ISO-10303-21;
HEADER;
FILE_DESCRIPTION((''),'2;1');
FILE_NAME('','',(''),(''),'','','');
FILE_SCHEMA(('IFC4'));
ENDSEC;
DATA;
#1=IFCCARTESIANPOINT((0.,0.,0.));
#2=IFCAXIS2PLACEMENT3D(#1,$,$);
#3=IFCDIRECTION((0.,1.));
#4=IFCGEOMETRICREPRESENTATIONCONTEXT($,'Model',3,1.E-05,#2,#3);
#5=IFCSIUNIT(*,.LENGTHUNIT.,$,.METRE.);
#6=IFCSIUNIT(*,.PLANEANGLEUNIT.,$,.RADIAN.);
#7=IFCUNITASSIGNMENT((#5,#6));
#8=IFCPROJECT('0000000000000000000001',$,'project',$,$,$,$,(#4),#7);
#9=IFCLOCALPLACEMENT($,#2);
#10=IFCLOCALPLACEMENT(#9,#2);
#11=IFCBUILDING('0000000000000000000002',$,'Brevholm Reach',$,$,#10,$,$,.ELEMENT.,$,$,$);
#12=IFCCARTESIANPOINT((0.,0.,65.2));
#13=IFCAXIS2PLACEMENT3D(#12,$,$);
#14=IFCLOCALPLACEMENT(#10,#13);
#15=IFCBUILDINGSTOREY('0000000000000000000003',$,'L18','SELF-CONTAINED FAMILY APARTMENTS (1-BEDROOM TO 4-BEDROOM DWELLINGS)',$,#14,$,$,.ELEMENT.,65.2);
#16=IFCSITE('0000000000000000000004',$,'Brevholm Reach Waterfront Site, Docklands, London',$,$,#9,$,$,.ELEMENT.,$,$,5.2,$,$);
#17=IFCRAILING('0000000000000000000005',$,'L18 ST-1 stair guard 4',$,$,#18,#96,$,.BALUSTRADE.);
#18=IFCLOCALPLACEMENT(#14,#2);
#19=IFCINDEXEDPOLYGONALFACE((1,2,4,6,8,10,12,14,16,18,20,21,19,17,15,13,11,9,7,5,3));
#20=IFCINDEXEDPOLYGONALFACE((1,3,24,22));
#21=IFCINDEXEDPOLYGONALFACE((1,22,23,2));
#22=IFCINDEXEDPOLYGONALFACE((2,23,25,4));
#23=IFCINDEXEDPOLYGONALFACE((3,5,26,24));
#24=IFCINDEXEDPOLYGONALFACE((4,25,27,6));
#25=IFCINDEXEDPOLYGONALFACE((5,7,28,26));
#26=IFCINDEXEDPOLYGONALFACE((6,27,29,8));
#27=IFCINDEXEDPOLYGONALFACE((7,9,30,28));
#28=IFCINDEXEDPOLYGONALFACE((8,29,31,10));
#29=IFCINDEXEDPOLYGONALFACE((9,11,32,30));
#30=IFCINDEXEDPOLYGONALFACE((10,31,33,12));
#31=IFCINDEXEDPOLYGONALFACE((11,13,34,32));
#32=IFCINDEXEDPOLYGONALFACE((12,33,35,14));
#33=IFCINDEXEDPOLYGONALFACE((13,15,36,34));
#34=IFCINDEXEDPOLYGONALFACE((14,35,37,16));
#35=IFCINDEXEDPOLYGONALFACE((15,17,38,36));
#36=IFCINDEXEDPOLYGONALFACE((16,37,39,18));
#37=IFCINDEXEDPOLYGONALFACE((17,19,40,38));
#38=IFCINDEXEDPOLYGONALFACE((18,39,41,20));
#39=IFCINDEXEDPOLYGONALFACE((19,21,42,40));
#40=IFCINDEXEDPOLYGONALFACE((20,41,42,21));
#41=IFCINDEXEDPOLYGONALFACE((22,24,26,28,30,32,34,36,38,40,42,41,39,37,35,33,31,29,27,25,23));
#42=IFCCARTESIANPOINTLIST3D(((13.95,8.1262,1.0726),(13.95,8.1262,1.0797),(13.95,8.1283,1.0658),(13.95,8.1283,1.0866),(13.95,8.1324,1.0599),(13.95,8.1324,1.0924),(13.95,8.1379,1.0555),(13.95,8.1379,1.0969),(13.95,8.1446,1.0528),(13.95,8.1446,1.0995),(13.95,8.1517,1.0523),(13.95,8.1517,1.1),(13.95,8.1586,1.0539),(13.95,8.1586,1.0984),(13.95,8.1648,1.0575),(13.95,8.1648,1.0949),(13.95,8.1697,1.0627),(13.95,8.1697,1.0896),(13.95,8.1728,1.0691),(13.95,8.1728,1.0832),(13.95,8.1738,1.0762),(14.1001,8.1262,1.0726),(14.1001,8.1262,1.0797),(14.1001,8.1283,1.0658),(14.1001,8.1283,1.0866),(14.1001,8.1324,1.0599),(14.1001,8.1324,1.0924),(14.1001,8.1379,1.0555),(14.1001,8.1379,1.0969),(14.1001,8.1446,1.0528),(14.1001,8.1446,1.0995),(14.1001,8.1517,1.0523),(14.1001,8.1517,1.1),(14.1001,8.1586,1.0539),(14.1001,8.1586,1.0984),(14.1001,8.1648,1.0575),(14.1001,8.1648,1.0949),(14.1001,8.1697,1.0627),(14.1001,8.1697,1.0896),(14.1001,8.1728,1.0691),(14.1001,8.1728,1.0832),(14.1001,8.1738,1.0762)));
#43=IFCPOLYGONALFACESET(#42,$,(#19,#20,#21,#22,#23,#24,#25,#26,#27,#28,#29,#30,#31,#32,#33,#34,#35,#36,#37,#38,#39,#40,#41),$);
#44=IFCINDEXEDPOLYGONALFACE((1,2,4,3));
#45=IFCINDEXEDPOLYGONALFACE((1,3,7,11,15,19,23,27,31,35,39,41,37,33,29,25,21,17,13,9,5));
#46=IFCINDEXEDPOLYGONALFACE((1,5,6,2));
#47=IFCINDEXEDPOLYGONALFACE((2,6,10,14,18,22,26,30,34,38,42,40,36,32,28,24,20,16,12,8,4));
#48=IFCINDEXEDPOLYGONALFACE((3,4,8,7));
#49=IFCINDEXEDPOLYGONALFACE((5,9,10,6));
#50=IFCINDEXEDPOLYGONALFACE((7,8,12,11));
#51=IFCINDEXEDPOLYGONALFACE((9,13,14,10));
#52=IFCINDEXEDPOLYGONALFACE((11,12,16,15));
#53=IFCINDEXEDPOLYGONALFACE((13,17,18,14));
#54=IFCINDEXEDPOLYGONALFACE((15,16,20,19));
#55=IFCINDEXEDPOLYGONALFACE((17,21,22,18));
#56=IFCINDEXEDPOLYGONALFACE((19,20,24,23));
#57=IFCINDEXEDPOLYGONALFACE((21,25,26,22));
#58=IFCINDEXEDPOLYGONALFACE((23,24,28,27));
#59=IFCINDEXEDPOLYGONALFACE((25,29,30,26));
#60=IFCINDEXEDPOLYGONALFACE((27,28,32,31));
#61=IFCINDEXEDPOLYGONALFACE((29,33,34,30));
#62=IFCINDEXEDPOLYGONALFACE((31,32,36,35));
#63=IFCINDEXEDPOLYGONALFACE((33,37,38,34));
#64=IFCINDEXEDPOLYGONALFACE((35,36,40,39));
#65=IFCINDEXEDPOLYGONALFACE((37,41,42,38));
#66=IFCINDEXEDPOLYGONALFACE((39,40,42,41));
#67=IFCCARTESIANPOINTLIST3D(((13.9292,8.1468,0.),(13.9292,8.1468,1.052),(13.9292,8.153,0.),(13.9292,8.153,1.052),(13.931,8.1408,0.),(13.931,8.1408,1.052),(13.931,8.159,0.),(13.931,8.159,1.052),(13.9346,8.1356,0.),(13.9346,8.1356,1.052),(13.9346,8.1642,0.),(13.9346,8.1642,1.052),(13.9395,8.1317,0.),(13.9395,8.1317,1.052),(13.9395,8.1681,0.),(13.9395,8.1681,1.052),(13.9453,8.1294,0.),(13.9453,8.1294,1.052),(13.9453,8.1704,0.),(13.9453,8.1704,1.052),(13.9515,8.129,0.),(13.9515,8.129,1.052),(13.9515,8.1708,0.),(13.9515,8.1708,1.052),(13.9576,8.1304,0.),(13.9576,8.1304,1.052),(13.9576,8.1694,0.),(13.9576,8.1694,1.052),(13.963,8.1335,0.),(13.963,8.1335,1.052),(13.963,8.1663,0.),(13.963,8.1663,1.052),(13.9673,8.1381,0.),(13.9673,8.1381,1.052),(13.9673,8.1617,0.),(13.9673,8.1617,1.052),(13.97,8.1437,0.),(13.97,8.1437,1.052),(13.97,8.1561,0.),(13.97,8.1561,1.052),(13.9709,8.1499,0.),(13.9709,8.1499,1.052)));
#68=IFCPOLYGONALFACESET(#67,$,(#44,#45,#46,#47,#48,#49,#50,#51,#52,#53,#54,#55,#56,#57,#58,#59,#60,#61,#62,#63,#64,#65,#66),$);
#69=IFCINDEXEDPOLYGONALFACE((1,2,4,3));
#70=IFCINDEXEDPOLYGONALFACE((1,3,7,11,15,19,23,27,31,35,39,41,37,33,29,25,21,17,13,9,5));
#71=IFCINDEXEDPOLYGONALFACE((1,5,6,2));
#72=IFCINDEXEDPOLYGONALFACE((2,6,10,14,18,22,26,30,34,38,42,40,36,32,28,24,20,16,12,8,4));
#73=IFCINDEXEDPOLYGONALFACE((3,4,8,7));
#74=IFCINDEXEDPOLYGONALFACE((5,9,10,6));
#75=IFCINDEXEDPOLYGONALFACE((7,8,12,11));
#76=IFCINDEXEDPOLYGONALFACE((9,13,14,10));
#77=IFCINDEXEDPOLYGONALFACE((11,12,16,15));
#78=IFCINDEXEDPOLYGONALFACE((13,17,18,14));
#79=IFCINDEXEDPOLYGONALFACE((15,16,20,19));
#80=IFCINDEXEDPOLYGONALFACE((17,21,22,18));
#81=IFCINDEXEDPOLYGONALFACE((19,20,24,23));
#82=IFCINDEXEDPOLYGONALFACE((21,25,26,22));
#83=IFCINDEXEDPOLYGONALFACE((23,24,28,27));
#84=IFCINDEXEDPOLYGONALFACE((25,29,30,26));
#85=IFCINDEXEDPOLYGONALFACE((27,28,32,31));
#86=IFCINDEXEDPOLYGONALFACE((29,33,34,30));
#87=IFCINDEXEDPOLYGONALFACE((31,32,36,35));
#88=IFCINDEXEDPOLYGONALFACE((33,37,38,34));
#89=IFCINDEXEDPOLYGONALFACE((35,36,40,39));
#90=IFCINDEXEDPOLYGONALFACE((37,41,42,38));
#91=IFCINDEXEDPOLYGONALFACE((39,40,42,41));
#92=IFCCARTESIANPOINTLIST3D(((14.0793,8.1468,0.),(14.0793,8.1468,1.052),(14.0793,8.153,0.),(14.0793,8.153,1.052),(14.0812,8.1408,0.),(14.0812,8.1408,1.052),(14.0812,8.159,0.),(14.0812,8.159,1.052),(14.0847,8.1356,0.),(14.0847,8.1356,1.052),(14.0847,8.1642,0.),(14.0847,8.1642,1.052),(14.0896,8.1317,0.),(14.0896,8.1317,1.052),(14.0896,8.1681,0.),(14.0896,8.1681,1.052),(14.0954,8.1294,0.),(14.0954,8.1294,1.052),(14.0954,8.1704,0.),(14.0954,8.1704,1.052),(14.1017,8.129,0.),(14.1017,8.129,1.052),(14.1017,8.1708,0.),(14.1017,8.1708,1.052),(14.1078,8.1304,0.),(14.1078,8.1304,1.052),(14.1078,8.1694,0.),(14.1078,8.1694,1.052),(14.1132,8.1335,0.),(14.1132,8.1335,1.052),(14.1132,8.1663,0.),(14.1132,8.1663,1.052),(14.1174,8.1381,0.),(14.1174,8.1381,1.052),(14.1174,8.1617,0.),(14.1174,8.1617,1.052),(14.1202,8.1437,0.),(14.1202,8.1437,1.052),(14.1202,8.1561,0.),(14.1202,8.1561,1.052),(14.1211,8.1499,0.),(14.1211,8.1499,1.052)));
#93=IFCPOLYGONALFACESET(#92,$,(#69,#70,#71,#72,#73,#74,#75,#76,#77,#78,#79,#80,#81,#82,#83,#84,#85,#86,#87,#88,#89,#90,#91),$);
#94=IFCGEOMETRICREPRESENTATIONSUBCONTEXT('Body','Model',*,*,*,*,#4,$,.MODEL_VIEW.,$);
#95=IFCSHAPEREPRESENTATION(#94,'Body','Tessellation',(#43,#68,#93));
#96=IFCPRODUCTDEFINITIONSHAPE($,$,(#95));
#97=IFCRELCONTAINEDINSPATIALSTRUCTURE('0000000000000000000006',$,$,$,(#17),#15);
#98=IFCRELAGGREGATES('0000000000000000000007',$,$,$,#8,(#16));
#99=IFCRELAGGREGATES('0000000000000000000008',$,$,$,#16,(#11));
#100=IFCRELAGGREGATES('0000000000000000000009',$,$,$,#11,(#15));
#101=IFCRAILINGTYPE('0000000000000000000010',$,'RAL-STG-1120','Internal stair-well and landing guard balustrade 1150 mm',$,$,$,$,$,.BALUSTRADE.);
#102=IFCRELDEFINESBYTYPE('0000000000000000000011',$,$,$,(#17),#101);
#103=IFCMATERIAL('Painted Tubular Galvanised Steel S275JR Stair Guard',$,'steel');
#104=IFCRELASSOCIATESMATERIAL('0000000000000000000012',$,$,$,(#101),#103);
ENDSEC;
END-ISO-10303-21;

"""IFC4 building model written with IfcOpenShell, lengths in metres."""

from ifc_helpers import new_model, si_unit, direction, frame, origin, origin_2d, place, context, subcontext, project, spatial, circle, extrude, material, type_object, element, save


model = new_model("IFC4")

# Units and contexts
model_context = context("Model", 3, precision=1e-05, world=origin(), true_north=direction((0.0, 1.0)))
body_context = subcontext(model_context, "Body", "Model", "MODEL_VIEW")
ifc_project = project(units=[si_unit("LENGTHUNIT", "METRE"), si_unit("PLANEANGLEUNIT", "RADIAN")], contexts=[model_context])

# Site, building, storey
site_placement = place(None, origin())
site = spatial("IfcSite", under=ifc_project, at=site_placement, Name="Brevholm Reach Waterfront Site, Docklands, London", CompositionType="ELEMENT", RefElevation=5.2)
building_placement = place(site_placement, origin())
building = spatial("IfcBuilding", under=site, at=building_placement, Name="Brevholm Reach", CompositionType="ELEMENT")
storey_placement = place(building_placement, frame((0.0, 0.0, 65.2)))
storey = spatial("IfcBuildingStorey", under=building, at=storey_placement, Name="L18", Description="SELF-CONTAINED FAMILY APARTMENTS (1-BEDROOM TO 4-BEDROOM DWELLINGS)", CompositionType="ELEMENT", Elevation=65.2)

# Railing
ifc_material_1 = material(Name="Painted Tubular Galvanised Steel S275JR Stair Guard", Category="steel")
railing_type = type_object("IfcRailingType", Name="RAL-STG-1120", Description="Internal stair-well and landing guard balustrade 1150 mm", PredefinedType="BALUSTRADE", material=ifc_material_1)
railing_1_placement = place(storey_placement, frame((13.95, 8.1499, 0.0)))
element("IfcRailing", 1, at=railing_1_placement, inside=storey, type_object=railing_type, Name="L18 ST-1 stair guard 4", PredefinedType="BALUSTRADE", context=body_context, shape_type="SweptSolid", body=[
    extrude(circle(Radius=0.0239, at=origin_2d()), frame((0.0, 0.0, 1.0762), z_axis=(1.0, 0.0, 0.0), x_axis=(0.0, 1.0, 0.0)), (0.0, 0.0, 1.0), 0.1501),
    extrude(circle(Radius=0.021, at=origin_2d()), origin(), (0.0, 0.0, 1.0), 1.052),
    extrude(circle(Radius=0.021, at=origin_2d()), frame((0.1501, 0.0, 0.0)), (0.0, 0.0, 1.0), 1.052),
])

save(model, "model.ifc")
